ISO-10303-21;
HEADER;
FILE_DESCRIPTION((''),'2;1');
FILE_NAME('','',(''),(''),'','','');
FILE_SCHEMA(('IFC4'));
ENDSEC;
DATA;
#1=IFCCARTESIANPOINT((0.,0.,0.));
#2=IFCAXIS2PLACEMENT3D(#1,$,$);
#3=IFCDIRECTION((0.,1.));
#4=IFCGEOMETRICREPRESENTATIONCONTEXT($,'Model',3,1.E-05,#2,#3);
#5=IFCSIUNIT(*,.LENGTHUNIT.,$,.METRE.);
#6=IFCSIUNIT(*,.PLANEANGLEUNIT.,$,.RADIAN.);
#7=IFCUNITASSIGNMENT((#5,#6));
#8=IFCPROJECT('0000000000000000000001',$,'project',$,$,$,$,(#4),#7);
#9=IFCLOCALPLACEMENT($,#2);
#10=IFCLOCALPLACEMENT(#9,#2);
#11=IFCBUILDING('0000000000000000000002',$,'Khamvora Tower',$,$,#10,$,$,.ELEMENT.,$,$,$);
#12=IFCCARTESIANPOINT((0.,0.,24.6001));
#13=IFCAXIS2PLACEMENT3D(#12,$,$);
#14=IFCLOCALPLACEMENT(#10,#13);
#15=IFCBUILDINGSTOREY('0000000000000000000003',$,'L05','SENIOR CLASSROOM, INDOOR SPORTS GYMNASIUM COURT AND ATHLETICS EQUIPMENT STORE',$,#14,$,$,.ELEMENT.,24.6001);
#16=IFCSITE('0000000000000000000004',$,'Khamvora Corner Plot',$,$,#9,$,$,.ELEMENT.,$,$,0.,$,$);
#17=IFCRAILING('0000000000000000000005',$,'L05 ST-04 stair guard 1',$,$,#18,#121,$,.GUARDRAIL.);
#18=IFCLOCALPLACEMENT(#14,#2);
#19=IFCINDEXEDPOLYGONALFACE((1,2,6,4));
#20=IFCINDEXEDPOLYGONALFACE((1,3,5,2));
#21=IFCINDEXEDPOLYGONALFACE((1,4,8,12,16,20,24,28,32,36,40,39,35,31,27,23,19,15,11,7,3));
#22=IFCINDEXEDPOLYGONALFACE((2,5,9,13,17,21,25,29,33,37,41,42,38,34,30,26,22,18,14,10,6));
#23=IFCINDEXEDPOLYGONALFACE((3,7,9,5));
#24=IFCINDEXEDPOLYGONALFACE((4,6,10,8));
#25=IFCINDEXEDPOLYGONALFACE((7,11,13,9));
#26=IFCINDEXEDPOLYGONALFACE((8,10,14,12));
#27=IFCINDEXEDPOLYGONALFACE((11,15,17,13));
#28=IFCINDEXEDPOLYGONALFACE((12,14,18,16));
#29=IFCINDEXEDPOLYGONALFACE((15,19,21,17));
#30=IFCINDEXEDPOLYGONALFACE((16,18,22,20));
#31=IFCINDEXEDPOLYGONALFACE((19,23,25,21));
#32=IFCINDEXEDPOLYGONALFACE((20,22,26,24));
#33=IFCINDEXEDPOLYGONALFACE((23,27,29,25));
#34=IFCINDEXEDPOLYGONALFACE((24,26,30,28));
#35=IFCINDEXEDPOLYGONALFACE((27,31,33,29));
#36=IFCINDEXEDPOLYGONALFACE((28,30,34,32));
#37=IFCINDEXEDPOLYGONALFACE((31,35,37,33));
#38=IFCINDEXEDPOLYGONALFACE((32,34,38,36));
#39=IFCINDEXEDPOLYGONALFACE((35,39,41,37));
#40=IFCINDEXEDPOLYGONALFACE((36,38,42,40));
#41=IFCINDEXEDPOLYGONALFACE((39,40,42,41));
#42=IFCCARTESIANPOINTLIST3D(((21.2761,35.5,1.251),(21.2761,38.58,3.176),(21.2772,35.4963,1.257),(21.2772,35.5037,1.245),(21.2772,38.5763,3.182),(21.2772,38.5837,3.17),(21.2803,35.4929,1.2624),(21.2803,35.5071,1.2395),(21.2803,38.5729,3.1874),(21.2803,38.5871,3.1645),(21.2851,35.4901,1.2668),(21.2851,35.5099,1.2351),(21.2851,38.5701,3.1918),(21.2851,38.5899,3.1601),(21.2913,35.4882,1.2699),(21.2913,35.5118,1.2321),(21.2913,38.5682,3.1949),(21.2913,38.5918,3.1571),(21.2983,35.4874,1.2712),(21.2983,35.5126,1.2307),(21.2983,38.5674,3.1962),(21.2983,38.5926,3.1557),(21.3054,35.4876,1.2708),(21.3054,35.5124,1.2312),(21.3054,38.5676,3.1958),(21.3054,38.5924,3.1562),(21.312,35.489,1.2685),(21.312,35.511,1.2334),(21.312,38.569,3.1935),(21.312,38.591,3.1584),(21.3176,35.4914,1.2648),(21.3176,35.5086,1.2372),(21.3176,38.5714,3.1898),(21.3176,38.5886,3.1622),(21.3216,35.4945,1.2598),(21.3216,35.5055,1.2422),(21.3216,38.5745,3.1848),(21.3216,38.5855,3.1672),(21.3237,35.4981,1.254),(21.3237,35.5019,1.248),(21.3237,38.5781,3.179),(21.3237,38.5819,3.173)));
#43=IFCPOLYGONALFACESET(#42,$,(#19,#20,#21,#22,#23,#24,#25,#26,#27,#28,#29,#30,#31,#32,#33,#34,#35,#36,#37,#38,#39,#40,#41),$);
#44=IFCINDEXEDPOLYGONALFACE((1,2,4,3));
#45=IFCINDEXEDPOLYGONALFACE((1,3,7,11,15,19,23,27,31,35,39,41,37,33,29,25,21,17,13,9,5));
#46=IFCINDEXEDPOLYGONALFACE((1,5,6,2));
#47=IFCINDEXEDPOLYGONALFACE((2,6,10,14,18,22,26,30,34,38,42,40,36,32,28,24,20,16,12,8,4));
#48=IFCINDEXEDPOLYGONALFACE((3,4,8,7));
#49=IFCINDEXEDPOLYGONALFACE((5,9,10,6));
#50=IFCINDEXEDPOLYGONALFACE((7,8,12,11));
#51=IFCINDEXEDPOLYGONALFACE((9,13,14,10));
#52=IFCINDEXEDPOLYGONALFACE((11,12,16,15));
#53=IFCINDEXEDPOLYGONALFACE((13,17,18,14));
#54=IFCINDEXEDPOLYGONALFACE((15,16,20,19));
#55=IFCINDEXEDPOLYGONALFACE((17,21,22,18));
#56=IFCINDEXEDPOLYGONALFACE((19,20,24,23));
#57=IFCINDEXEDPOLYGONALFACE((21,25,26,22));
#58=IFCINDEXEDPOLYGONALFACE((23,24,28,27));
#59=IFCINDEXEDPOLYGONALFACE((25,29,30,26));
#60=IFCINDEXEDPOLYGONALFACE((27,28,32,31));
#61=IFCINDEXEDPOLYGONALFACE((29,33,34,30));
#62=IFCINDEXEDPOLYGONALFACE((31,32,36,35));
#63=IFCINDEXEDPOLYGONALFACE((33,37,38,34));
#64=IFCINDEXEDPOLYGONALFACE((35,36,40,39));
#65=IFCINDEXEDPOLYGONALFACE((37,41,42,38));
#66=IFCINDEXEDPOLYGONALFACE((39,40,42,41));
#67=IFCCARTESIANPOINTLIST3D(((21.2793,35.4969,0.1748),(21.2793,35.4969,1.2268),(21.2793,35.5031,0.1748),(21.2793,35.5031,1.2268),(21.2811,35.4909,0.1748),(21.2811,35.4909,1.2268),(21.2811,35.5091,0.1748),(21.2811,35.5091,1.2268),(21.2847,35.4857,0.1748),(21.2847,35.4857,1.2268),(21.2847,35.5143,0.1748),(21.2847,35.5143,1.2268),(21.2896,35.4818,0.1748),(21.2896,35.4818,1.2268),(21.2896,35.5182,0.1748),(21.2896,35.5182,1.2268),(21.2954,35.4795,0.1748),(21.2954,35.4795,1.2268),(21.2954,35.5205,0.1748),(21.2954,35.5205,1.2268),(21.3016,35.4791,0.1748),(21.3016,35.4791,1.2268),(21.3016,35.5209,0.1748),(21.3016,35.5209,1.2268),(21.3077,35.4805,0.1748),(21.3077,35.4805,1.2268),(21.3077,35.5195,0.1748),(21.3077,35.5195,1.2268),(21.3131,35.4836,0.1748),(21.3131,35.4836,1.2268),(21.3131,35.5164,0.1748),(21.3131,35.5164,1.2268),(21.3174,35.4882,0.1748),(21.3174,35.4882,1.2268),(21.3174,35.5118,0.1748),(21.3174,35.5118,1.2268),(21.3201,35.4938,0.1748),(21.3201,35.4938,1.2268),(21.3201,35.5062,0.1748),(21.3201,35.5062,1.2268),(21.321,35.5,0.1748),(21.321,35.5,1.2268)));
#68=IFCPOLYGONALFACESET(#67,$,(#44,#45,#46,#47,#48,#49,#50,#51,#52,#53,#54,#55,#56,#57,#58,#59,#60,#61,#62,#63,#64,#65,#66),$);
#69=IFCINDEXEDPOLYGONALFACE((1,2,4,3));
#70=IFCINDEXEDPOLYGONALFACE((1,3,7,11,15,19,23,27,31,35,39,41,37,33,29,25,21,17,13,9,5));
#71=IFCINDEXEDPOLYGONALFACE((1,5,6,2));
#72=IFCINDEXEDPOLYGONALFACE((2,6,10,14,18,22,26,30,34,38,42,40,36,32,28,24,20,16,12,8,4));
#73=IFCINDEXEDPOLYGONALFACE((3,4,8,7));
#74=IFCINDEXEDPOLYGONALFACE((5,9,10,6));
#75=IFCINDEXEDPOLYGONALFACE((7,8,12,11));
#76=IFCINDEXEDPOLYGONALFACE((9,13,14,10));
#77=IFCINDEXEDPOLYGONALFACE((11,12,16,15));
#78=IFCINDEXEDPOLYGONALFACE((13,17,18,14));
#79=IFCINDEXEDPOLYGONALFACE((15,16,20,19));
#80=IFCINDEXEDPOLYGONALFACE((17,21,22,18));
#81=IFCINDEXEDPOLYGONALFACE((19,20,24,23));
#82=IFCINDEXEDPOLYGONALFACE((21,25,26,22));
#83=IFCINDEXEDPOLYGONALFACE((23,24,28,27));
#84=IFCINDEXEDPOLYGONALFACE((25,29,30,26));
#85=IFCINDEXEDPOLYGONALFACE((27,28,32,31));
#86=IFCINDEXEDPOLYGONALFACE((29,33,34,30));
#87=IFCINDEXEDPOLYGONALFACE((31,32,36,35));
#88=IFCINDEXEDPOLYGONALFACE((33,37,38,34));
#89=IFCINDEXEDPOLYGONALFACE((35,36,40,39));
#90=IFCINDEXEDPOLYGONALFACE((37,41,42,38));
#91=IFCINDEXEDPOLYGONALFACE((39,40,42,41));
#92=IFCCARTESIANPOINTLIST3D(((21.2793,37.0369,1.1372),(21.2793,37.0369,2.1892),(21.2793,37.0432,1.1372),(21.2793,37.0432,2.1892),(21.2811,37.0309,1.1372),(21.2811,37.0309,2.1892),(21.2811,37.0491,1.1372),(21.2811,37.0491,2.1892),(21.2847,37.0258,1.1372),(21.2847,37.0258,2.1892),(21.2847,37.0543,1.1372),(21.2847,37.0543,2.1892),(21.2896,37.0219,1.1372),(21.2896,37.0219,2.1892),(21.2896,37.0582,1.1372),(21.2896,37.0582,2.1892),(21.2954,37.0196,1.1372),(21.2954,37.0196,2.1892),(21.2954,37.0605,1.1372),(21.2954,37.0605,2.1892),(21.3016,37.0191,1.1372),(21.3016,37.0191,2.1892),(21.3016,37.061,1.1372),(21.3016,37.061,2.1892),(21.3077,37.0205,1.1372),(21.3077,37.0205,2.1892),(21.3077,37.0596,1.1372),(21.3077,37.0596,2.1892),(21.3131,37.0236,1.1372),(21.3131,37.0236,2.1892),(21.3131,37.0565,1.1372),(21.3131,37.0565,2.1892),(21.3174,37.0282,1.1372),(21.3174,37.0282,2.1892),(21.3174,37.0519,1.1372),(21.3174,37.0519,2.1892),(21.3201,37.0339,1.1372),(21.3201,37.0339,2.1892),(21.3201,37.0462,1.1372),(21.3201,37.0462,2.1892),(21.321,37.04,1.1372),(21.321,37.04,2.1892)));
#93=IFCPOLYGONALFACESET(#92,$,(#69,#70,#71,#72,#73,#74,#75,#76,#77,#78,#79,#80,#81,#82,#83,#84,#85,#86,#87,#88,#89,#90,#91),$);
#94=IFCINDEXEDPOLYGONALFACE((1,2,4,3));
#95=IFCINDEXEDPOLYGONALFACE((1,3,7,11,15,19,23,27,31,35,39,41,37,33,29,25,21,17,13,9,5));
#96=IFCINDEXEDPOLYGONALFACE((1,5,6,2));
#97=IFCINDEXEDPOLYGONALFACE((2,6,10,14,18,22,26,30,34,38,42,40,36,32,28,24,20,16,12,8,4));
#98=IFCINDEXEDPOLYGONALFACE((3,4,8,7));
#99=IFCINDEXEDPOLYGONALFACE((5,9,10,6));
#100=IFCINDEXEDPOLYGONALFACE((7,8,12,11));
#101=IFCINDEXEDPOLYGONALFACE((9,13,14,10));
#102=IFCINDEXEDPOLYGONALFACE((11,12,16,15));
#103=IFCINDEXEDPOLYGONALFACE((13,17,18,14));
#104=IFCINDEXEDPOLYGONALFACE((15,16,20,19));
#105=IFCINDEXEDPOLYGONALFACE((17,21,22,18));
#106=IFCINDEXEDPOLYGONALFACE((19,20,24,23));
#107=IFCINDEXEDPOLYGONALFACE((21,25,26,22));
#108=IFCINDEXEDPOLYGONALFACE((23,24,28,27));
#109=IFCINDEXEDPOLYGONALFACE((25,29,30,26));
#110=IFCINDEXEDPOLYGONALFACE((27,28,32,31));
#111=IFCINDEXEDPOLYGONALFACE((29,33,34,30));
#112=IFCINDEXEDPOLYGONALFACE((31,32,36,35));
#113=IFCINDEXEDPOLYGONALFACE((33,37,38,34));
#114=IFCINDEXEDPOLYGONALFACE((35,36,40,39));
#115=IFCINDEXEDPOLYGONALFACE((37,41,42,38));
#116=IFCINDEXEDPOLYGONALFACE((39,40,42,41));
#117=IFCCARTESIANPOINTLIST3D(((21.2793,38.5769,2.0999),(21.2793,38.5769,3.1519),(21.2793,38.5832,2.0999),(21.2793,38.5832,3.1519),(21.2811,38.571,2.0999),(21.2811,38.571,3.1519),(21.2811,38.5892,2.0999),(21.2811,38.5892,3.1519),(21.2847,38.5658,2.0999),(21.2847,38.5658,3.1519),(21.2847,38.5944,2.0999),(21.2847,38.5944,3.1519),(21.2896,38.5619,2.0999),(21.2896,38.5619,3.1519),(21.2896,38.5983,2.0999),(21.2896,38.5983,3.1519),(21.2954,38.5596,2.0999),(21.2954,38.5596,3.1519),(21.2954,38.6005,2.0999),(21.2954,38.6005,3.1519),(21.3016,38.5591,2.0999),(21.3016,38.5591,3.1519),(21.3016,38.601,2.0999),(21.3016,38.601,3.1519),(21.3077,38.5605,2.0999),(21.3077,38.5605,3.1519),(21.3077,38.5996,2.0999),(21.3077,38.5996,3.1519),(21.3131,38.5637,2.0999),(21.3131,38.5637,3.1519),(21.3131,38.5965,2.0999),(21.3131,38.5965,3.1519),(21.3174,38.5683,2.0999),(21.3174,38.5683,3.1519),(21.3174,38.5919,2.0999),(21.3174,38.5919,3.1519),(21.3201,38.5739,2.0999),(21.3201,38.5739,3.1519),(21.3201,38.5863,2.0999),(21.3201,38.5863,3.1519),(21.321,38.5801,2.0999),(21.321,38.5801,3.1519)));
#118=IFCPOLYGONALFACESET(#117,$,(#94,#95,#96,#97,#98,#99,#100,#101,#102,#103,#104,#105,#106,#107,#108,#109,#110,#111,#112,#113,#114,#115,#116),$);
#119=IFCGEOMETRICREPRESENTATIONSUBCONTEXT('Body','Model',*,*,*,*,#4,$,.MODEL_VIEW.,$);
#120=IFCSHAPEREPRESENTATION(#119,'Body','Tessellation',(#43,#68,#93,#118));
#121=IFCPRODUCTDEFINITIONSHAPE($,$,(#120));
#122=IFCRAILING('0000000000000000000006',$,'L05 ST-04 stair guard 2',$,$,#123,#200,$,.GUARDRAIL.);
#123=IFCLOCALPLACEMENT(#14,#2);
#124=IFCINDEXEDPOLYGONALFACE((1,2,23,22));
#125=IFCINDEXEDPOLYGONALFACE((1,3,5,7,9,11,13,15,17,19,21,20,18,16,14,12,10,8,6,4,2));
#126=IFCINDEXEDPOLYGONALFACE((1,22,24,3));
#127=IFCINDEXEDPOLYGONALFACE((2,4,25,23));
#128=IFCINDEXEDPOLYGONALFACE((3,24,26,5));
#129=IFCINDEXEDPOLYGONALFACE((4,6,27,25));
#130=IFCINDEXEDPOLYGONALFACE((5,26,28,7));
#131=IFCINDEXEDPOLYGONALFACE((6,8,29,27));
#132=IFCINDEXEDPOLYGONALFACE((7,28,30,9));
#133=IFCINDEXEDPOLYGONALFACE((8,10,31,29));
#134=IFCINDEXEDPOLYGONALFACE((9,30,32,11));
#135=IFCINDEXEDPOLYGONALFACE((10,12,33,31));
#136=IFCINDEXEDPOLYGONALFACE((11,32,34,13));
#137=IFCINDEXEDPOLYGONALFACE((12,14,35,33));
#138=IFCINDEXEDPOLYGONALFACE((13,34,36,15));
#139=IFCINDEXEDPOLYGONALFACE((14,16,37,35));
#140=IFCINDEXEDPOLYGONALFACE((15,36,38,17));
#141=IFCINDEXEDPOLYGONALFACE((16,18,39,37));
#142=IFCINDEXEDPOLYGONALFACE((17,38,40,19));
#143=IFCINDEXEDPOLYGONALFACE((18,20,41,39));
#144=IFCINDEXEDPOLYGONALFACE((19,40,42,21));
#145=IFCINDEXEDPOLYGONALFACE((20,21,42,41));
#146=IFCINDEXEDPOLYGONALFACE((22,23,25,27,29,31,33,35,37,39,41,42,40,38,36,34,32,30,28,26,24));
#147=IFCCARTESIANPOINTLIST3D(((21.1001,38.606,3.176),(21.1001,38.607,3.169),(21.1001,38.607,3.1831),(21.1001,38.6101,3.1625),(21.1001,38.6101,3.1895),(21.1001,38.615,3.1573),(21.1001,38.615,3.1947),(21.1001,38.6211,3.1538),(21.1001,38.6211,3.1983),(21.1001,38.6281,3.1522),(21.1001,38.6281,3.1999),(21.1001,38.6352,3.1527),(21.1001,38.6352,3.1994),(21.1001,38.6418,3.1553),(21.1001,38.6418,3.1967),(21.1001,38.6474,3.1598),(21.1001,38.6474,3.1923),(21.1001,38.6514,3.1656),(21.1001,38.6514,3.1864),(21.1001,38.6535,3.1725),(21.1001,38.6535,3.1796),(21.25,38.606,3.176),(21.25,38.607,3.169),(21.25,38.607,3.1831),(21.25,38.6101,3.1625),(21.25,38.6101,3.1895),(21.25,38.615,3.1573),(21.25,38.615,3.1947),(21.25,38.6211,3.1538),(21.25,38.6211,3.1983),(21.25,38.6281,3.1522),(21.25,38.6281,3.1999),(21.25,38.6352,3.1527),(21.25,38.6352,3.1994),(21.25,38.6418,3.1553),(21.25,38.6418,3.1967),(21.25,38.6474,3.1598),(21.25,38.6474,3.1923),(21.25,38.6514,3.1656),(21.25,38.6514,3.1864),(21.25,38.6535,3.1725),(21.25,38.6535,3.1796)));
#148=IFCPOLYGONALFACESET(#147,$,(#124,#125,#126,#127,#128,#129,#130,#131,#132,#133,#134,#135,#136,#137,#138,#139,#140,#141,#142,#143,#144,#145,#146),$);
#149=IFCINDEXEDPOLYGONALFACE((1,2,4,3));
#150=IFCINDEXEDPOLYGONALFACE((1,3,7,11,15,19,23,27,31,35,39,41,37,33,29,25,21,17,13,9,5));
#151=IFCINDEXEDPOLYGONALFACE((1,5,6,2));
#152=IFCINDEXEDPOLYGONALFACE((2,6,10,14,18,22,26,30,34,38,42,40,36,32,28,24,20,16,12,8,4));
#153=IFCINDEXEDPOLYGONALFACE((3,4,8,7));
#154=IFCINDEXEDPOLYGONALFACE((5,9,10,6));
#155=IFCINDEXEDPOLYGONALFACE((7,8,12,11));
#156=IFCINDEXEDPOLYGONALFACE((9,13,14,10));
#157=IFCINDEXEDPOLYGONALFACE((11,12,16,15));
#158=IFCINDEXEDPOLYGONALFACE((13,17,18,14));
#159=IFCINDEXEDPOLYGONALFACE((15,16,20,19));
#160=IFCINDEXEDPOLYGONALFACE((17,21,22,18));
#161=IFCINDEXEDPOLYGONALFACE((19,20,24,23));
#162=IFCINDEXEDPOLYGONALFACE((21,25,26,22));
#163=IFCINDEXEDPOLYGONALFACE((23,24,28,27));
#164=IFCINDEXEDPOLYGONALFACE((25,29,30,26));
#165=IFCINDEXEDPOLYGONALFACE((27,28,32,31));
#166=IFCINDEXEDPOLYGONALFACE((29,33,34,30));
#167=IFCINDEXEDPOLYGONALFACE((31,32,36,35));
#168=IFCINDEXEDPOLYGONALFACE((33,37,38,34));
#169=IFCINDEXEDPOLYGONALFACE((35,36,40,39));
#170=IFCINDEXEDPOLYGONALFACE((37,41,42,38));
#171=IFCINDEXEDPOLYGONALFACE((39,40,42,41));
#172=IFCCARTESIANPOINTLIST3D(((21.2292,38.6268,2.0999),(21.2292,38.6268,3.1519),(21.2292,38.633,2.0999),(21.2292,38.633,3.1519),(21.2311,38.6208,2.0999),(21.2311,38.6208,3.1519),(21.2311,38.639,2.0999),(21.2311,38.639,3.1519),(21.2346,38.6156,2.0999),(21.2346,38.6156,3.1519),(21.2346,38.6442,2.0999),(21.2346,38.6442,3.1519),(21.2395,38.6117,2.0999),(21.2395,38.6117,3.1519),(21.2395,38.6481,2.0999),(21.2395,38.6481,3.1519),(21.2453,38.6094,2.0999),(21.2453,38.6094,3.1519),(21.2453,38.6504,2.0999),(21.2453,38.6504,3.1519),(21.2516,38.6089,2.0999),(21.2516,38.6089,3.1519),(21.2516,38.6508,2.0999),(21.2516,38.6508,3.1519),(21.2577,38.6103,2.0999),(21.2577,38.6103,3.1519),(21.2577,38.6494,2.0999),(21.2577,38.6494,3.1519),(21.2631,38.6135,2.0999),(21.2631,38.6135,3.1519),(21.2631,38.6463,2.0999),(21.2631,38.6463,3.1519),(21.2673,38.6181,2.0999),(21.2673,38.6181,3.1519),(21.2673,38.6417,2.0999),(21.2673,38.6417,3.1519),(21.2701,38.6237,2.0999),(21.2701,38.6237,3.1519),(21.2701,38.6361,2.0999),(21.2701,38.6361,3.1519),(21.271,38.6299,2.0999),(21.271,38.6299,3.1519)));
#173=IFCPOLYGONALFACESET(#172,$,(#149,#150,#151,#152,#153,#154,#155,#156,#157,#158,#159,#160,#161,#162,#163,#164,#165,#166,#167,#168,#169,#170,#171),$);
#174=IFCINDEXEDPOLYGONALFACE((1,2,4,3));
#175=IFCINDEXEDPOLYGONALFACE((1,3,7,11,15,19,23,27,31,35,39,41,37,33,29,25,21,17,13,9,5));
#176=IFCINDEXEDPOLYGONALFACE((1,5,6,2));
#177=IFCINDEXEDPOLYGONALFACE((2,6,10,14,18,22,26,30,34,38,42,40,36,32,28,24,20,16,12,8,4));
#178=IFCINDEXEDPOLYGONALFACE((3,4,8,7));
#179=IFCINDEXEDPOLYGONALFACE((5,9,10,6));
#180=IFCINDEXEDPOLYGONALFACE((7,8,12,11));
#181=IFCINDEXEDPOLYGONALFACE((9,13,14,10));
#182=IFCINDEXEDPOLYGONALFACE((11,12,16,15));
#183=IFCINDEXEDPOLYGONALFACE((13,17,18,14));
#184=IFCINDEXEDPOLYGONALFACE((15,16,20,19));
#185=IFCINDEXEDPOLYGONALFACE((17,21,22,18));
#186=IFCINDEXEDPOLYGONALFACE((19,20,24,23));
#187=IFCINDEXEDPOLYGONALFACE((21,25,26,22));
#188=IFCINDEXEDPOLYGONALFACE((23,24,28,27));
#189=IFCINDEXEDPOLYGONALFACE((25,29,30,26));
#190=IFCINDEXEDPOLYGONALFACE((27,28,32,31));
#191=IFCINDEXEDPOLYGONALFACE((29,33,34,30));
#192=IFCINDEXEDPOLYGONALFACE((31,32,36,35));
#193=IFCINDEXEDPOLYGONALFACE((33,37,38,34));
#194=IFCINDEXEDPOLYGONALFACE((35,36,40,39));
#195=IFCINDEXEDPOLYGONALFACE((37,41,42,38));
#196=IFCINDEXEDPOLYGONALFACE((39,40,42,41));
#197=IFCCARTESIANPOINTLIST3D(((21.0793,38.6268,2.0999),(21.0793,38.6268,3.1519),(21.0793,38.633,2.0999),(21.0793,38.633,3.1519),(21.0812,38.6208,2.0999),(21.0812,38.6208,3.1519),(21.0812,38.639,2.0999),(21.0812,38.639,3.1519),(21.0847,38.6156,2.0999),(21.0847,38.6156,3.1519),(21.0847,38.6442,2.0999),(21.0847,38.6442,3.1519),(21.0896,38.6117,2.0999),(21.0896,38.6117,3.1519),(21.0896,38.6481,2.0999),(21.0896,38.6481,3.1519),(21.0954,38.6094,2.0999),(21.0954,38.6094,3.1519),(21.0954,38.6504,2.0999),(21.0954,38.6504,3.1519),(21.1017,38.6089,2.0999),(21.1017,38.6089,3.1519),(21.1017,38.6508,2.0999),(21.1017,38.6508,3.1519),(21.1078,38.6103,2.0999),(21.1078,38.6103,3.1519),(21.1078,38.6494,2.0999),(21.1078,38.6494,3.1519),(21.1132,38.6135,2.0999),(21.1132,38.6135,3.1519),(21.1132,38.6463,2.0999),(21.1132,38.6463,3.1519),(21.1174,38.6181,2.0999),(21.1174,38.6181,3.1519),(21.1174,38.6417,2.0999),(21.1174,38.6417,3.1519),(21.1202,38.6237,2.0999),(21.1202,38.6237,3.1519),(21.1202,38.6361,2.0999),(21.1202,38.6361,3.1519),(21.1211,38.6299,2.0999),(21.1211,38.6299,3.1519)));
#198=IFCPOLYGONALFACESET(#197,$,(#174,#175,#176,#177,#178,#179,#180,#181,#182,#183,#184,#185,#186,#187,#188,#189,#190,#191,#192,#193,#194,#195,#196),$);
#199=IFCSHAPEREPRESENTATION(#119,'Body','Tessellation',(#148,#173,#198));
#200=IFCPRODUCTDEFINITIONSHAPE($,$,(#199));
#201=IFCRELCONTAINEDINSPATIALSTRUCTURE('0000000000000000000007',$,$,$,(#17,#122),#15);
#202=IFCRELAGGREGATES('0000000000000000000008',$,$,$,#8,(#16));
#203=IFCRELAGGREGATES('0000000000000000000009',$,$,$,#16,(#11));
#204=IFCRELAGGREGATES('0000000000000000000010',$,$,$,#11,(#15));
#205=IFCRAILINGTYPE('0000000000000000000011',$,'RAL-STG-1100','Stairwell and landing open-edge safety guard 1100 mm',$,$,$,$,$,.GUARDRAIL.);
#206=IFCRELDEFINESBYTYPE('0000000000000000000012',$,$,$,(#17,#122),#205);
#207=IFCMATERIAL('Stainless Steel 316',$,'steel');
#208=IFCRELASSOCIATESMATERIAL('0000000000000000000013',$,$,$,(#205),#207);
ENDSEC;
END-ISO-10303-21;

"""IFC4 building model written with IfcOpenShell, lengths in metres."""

from ifc_helpers import new_model, si_unit, direction, frame, origin, origin_2d, place, context, subcontext, project, spatial, circle, extrude, material, type_object, element, save


model = new_model("IFC4")

# Units and contexts
model_context = context("Model", 3, precision=1e-05, world=origin(), true_north=direction((0.0, 1.0)))
body_context = subcontext(model_context, "Body", "Model", "MODEL_VIEW")
ifc_project = project(units=[si_unit("LENGTHUNIT", "METRE"), si_unit("PLANEANGLEUNIT", "RADIAN")], contexts=[model_context])

# Site, building, storey
site_placement = place(None, origin())
site = spatial("IfcSite", under=ifc_project, at=site_placement, Name="Khamvora Corner Plot", CompositionType="ELEMENT", RefElevation=0.0)
building_placement = place(site_placement, origin())
building = spatial("IfcBuilding", under=site, at=building_placement, Name="Khamvora Tower", CompositionType="ELEMENT")
storey_placement = place(building_placement, frame((0.0, 0.0, 24.6001)))
storey = spatial("IfcBuildingStorey", under=building, at=storey_placement, Name="L05", Description="SENIOR CLASSROOM, INDOOR SPORTS GYMNASIUM COURT AND ATHLETICS EQUIPMENT STORE", CompositionType="ELEMENT", Elevation=24.6001)

# Railings
ifc_material_1 = material(Name="Stainless Steel 316", Category="steel")
railing_type_1 = type_object("IfcRailingType", Name="RAL-STG-1100", Description="Stairwell and landing open-edge safety guard 1100 mm", PredefinedType="GUARDRAIL", material=ifc_material_1)
railing_1_placement = place(storey_placement, frame((21.3, 35.5, 0.1748)))
element("IfcRailing", 1, at=railing_1_placement, inside=storey, type_object=railing_type_1, Name="L05 ST-04 stair guard 1", PredefinedType="GUARDRAIL", context=body_context, shape_type="SweptSolid", body=[
    extrude(circle(Radius=0.0239, at=origin_2d()), frame((0.0, 0.0, 1.0762), z_axis=(0.0, 0.847998, 0.529999), x_axis=(-1.0, 0.0, 0.0)), (0.0, 0.0, 1.0), 3.6321),
    extrude(circle(Radius=0.021, at=origin_2d()), origin(), (0.0, 0.0, 1.0), 1.052),
    extrude(circle(Radius=0.021, at=origin_2d()), frame((0.0, 1.54, 0.9624)), (0.0, 0.0, 1.0), 1.052),
    extrude(circle(Radius=0.021, at=origin_2d()), frame((0.0, 3.0801, 1.925)), (0.0, 0.0, 1.0), 1.052),
])
railing_2_placement = place(storey_placement, frame((21.25, 38.6299, 2.0999)))
element("IfcRailing", 2, at=railing_2_placement, inside=storey, type_object=railing_type_1, Name="L05 ST-04 stair guard 2", PredefinedType="GUARDRAIL", context=body_context, shape_type="SweptSolid", body=[
    extrude(circle(Radius=0.0239, at=origin_2d()), frame((0.0, 0.0, 1.0762), z_axis=(-1.0, 0.0, 0.0), x_axis=(0.0, -1.0, 0.0)), (0.0, 0.0, 1.0), 0.1499),
    extrude(circle(Radius=0.021, at=origin_2d()), origin(), (0.0, 0.0, 1.0), 1.052),
    extrude(circle(Radius=0.021, at=origin_2d()), frame((-0.1499, 0.0, 0.0)), (0.0, 0.0, 1.0), 1.052),
])

save(model, "model.ifc")
